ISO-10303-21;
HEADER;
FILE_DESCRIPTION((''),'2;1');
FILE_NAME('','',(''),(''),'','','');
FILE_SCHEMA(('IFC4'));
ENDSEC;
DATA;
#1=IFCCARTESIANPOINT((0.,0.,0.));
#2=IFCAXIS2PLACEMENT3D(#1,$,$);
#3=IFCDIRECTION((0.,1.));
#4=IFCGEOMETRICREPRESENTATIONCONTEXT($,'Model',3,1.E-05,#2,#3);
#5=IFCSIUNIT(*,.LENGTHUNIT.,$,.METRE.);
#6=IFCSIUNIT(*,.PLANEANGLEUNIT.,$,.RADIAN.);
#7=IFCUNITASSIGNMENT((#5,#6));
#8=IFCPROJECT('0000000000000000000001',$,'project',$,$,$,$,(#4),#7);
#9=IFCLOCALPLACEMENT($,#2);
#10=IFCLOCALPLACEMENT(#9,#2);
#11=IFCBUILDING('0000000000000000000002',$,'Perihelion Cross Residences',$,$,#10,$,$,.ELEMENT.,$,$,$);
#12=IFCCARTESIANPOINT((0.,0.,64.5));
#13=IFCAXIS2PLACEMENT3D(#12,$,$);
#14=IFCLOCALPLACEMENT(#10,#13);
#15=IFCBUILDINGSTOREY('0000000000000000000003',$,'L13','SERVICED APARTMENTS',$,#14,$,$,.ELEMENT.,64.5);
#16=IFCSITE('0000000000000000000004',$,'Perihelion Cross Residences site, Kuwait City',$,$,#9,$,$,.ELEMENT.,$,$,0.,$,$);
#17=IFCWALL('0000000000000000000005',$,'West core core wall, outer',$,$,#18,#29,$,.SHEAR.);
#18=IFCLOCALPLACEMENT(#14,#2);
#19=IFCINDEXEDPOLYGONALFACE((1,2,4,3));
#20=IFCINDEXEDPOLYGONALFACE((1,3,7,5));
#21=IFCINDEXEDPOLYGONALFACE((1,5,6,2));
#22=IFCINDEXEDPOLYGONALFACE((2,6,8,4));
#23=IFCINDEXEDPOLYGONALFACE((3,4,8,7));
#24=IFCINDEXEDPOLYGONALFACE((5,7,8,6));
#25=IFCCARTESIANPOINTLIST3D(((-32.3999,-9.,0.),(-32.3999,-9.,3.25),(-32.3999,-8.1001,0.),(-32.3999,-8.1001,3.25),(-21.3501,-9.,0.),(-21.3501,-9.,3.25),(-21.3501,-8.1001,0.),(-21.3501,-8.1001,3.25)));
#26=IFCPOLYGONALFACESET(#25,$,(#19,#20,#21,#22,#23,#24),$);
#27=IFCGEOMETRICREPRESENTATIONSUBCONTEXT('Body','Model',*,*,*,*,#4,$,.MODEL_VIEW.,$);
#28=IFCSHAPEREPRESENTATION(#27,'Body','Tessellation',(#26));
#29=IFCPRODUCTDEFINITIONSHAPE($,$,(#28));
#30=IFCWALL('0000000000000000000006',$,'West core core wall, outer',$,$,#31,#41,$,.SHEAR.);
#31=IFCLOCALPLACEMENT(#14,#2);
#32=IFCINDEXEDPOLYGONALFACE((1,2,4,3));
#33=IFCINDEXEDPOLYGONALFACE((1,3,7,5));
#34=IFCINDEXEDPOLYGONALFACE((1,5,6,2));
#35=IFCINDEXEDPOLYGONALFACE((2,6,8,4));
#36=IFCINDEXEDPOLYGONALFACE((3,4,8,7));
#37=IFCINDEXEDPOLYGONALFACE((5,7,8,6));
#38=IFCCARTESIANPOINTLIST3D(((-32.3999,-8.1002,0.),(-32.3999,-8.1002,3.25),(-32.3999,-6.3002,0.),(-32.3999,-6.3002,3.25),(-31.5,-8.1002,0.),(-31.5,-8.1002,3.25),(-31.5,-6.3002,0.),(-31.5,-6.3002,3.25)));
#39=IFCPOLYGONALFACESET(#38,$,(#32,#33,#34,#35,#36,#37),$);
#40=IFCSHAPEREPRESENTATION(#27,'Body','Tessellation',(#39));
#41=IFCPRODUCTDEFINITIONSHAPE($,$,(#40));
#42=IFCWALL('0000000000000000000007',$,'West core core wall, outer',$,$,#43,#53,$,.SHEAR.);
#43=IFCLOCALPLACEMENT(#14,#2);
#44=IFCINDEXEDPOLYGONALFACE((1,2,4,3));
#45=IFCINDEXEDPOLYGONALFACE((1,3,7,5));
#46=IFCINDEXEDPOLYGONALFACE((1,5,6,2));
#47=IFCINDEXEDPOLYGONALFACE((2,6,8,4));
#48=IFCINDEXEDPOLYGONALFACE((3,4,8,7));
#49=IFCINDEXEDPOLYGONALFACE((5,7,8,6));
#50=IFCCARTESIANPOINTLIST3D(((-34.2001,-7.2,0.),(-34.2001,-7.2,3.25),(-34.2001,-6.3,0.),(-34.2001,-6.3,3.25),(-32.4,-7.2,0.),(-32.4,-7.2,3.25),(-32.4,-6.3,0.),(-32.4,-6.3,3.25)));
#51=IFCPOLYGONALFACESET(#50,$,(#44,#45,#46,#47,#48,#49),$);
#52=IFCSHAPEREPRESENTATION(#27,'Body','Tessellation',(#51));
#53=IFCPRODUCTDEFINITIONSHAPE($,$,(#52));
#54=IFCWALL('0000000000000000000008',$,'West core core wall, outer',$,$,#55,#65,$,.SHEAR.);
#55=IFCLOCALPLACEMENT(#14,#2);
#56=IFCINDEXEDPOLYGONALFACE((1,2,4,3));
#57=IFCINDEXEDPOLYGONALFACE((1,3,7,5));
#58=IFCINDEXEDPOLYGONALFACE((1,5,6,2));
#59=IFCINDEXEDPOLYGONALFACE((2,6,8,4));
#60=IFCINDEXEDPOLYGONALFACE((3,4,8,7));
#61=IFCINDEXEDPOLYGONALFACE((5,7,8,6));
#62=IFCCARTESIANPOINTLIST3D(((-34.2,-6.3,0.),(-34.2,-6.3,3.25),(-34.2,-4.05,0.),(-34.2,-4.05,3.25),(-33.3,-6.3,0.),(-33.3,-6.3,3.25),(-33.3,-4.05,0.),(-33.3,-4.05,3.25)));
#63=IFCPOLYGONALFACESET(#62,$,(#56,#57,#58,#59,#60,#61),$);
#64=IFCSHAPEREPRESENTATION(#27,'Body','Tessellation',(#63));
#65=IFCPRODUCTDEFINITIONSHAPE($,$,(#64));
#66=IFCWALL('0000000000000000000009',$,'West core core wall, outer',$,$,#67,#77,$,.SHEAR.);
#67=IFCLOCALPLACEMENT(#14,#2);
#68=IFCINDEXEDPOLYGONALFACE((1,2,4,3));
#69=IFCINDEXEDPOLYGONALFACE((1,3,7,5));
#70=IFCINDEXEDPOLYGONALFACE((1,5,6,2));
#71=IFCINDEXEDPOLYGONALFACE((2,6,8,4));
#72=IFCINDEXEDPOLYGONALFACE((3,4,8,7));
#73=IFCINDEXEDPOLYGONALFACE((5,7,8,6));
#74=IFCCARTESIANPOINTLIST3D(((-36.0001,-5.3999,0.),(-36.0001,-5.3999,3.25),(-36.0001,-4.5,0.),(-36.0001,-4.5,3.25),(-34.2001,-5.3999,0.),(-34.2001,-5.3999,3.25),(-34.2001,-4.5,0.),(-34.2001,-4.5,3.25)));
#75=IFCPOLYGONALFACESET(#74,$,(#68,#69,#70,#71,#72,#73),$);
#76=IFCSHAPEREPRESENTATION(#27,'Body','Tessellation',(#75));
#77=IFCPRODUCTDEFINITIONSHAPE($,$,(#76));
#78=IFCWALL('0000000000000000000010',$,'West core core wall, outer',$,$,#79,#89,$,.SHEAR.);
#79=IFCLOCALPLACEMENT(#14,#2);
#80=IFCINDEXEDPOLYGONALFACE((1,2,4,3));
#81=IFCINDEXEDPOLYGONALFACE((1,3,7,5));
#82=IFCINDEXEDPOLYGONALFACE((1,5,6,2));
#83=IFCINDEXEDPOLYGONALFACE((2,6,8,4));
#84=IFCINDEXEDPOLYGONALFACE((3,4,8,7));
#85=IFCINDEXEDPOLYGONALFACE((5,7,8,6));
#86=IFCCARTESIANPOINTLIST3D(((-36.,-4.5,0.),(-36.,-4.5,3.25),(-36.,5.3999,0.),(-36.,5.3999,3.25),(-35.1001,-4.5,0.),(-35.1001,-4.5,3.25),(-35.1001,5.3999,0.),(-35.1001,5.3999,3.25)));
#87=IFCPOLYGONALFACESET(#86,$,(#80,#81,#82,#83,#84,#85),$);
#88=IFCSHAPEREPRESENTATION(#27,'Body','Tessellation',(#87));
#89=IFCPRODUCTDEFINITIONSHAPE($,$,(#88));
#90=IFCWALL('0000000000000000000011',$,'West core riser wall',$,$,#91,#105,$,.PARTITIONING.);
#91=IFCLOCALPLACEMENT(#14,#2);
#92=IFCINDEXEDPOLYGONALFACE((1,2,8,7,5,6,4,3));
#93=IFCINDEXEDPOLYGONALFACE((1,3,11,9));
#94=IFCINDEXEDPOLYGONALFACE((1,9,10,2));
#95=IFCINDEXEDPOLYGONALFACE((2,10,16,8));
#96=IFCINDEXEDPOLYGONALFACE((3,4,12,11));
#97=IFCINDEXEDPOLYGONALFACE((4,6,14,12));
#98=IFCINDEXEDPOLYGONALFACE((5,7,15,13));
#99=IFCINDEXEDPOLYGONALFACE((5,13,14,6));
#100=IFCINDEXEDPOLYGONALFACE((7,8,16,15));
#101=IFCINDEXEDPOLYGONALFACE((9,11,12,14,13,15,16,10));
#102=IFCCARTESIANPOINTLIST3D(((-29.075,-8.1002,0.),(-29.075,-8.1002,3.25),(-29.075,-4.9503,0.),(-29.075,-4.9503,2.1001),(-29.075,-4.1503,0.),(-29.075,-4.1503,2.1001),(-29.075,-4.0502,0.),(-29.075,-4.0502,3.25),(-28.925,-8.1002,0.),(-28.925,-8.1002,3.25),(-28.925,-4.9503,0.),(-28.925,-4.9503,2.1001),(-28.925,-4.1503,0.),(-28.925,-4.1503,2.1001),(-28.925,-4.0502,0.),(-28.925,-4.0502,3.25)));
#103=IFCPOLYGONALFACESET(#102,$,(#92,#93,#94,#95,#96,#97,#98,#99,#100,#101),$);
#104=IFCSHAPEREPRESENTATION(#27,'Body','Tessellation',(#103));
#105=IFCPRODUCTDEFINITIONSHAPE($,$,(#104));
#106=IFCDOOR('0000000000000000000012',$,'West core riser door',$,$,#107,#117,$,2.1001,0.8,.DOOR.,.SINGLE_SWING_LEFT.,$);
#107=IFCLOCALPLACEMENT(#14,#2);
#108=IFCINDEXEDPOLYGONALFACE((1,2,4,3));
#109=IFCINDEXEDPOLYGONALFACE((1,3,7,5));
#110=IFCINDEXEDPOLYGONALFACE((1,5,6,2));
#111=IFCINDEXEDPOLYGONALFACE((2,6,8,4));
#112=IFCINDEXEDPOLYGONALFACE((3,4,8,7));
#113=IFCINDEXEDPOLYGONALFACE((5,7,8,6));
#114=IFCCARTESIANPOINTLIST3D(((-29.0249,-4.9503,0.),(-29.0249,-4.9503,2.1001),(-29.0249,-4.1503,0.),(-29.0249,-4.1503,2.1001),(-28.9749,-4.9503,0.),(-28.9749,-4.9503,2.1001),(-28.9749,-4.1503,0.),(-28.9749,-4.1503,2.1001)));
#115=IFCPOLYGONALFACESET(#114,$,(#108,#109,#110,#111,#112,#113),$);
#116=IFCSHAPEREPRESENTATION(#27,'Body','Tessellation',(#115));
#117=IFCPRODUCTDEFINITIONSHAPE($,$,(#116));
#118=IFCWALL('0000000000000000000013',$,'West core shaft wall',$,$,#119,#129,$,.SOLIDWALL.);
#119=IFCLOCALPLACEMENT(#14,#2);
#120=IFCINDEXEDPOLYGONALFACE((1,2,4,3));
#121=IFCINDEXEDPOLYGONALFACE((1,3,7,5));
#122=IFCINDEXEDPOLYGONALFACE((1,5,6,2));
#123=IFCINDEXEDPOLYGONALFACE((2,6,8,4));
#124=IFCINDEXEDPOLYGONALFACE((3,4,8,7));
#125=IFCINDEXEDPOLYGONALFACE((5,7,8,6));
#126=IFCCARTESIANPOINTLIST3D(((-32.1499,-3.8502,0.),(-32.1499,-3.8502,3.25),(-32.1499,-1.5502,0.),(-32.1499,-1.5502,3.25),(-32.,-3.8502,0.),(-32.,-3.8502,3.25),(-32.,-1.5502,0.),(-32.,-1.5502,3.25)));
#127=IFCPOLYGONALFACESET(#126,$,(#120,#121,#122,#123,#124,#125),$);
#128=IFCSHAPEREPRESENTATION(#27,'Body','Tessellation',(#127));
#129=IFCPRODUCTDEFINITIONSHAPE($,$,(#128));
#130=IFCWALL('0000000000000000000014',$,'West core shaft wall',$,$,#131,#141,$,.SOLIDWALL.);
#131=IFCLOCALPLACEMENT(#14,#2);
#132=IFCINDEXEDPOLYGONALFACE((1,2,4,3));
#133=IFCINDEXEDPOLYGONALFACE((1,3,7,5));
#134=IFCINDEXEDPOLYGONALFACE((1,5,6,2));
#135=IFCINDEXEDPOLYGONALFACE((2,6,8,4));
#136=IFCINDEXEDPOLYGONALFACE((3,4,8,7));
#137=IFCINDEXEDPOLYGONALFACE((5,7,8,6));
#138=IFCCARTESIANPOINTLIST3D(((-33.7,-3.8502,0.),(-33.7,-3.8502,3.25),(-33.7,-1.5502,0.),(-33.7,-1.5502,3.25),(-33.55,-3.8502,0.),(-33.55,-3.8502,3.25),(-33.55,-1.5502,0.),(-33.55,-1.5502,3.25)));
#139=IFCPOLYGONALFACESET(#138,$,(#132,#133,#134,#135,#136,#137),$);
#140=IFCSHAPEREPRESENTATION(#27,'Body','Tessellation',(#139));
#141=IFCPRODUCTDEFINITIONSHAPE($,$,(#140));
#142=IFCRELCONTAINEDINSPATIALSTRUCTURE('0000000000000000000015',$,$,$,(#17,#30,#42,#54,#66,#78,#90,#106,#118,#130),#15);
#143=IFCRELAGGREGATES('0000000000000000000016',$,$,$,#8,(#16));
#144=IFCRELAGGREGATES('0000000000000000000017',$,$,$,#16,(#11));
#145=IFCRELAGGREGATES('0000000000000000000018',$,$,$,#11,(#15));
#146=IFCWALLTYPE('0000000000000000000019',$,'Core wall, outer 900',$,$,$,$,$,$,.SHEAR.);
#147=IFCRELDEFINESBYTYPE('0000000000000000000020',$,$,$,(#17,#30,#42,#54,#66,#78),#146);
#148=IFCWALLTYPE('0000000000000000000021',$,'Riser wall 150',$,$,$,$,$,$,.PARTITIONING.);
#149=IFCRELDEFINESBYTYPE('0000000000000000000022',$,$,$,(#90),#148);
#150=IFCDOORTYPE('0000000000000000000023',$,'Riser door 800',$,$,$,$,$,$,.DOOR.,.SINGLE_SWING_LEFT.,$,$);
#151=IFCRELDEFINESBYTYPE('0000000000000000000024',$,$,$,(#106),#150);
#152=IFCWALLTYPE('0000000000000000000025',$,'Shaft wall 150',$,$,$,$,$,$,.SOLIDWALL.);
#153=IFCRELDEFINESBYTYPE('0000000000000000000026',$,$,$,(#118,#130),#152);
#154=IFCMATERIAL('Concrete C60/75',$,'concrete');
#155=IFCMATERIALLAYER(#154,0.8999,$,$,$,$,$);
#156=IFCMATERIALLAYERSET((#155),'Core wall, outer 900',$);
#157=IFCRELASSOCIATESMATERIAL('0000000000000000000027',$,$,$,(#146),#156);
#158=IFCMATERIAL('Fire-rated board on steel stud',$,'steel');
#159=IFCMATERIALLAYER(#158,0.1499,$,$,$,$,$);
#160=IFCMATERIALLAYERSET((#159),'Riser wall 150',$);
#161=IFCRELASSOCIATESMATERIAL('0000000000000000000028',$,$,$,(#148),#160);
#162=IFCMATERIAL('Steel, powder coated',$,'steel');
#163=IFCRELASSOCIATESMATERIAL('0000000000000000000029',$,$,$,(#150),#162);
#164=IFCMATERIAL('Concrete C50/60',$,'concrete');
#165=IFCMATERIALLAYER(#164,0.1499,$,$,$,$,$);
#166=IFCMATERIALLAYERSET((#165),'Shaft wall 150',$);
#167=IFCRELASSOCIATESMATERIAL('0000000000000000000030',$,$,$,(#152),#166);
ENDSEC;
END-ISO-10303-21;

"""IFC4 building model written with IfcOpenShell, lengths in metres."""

from ifc_helpers import new_model, si_unit, direction, frame, frame_2d, origin, place, context, subcontext, project, spatial, rectangle, extrude, material, layer, layer_set, type_object, element, fill, save


model = new_model("IFC4")

# Units and contexts
model_context = context("Model", 3, precision=1e-05, world=origin(), true_north=direction((0.0, 1.0)))
body_context = subcontext(model_context, "Body", "Model", "MODEL_VIEW")
ifc_project = project(units=[si_unit("LENGTHUNIT", "METRE"), si_unit("PLANEANGLEUNIT", "RADIAN")], contexts=[model_context])

# Site, building, storey
site_placement = place(None, origin())
site = spatial("IfcSite", under=ifc_project, at=site_placement, Name="Perihelion Cross Residences site, Kuwait City", CompositionType="ELEMENT", RefElevation=0.0)
building_placement = place(site_placement, origin())
building = spatial("IfcBuilding", under=site, at=building_placement, Name="Perihelion Cross Residences", CompositionType="ELEMENT")
storey_placement = place(building_placement, frame((0.0, 0.0, 64.5)))
storey = spatial("IfcBuildingStorey", under=building, at=storey_placement, Name="L13", Description="SERVICED APARTMENTS", CompositionType="ELEMENT", Elevation=64.5)

# Walls
ifc_material_1 = material(Name="Concrete C60/75", Category="concrete")
ifc_layer_1 = layer(ifc_material_1, 0.8999)
ifc_layer_set_1 = layer_set([ifc_layer_1], Name="Core wall, outer 900")
wall_type_1 = type_object("IfcWallType", Name="Core wall, outer 900", PredefinedType="SHEAR", material=ifc_layer_set_1)
wall_1_placement = place(storey_placement, frame((-32.3999, -8.55, 0.0), z_axis=(0.0, 0.0, 1.0), x_axis=(1.0, 0.0, 0.0)))
element("IfcWall", 1, at=wall_1_placement, inside=storey, type_object=wall_type_1, Name="West core core wall, outer", PredefinedType="SHEAR", context=body_context, shape_type="SweptSolid", body=[
    extrude(rectangle(XDim=11.0498, YDim=0.8999, at=frame_2d((5.5249, 0.0))), origin(), (0.0, 0.0, 1.0), 3.25),
])
for number, where, z_axis, x_axis, name in (
    (2, (-31.95, -8.1001, 0.0), (0.0, 0.0, 1.0), (0.0, 1.0, 0.0), "West core core wall, outer"),
    (3, (-34.2, -6.75, 0.0), (0.0, 0.0, 1.0), (1.0, 0.0, 0.0), "West core core wall, outer"),
):
    element("IfcWall", number, at=place(storey_placement, frame(where, z_axis=z_axis, x_axis=x_axis)), inside=storey, type_object=wall_type_1, Name=name, PredefinedType="SHEAR", context=body_context, shape_type="SweptSolid", body=[
        extrude(rectangle(XDim=1.8, YDim=0.8999, at=frame_2d((0.8999, 0.0))), origin(), (0.0, 0.0, 1.0), 3.25),
    ])
wall_2_placement = place(storey_placement, frame((-33.75, -6.3, 0.0), z_axis=(0.0, 0.0, 1.0), x_axis=(0.0, 1.0, 0.0)))
element("IfcWall", 4, at=wall_2_placement, inside=storey, type_object=wall_type_1, Name="West core core wall, outer", PredefinedType="SHEAR", context=body_context, shape_type="SweptSolid", body=[
    extrude(rectangle(XDim=2.25, YDim=0.8999, at=frame_2d((1.125, 0.0))), origin(), (0.0, 0.0, 1.0), 3.25),
])
wall_3_placement = place(storey_placement, frame((-36.0, -4.95, 0.0), z_axis=(0.0, 0.0, 1.0), x_axis=(1.0, 0.0, 0.0)))
element("IfcWall", 5, at=wall_3_placement, inside=storey, type_object=wall_type_1, Name="West core core wall, outer", PredefinedType="SHEAR", context=body_context, shape_type="SweptSolid", body=[
    extrude(rectangle(XDim=1.8, YDim=0.8999, at=frame_2d((0.8999, 0.0))), origin(), (0.0, 0.0, 1.0), 3.25),
])
wall_4_placement = place(storey_placement, frame((-35.55, -4.5, 0.0), z_axis=(0.0, 0.0, 1.0), x_axis=(0.0, 1.0, 0.0)))
element("IfcWall", 6, at=wall_4_placement, inside=storey, type_object=wall_type_1, Name="West core core wall, outer", PredefinedType="SHEAR", context=body_context, shape_type="SweptSolid", body=[
    extrude(rectangle(XDim=9.8999, YDim=0.8999, at=frame_2d((4.95, 0.0))), origin(), (0.0, 0.0, 1.0), 3.25),
])

# Wall, opening, door
ifc_material_2 = material(Name="Fire-rated board on steel stud", Category="steel")
ifc_layer_2 = layer(ifc_material_2, 0.1499)
ifc_layer_set_2 = layer_set([ifc_layer_2], Name="Riser wall 150")
wall_type_2 = type_object("IfcWallType", Name="Riser wall 150", PredefinedType="PARTITIONING", material=ifc_layer_set_2)
wall_5_placement = place(storey_placement, frame((-29.0, -8.1001, 0.0), z_axis=(0.0, 0.0, 1.0), x_axis=(0.0, 1.0, 0.0)))
wall_5 = element("IfcWall", 7, at=wall_5_placement, inside=storey, type_object=wall_type_2, Name="West core riser wall", PredefinedType="PARTITIONING", context=body_context, shape_type="SweptSolid", body=[
    extrude(rectangle(XDim=4.05, YDim=0.1499, at=frame_2d((2.0249, 0.0))), origin(), (0.0, 0.0, 1.0), 3.25),
])
opening_1_placement = place(wall_5_placement, frame((3.1499, 0.0, 0.0)))
opening_1 = element("IfcOpeningElement", 8, at=opening_1_placement, cuts=wall_5, PredefinedType="OPENING", context=body_context, shape_type="SweptSolid", body=[
    extrude(rectangle(XDim=0.8, YDim=2.1001, at=frame_2d((0.3999, 1.05))), frame((0.0, 0.085, 0.0), z_axis=(0.0, -1.0, 0.0), x_axis=(1.0, 0.0, 0.0)), (0.0, 0.0, 1.0), 0.1699),
])
ifc_material_3 = material(Name="Steel, powder coated", Category="steel")
door_type_1 = type_object("IfcDoorType", Name="Riser door 800", OperationType="SINGLE_SWING_LEFT", PredefinedType="DOOR", material=ifc_material_3)
door_1_placement = place(opening_1_placement, origin())
door_1 = element("IfcDoor", 9, at=door_1_placement, inside=storey, type_object=door_type_1, Name="West core riser door", OperationType="SINGLE_SWING_LEFT", OverallHeight=2.1001, OverallWidth=0.8, PredefinedType="DOOR", context=body_context, shape_type="SweptSolid", body=[
    extrude(rectangle(XDim=0.8, YDim=2.1001, at=frame_2d((0.3999, 1.05))), frame((0.0, 0.0249, 0.0), z_axis=(0.0, -1.0, 0.0), x_axis=(1.0, 0.0, 0.0)), (0.0, 0.0, 1.0), 0.05),
])
fill(opening_1, door_1)

# Walls
ifc_material_4 = material(Name="Concrete C50/60", Category="concrete")
ifc_layer_3 = layer(ifc_material_4, 0.1499)
ifc_layer_set_3 = layer_set([ifc_layer_3], Name="Shaft wall 150")
wall_type_3 = type_object("IfcWallType", Name="Shaft wall 150", PredefinedType="SOLIDWALL", material=ifc_layer_set_3)
for number, where, z_axis, x_axis, name in (
    (10, (-32.075, -3.8501, 0.0), (0.0, 0.0, 1.0), (0.0, 1.0, 0.0), "West core shaft wall"),
    (11, (-33.625, -3.8501, 0.0), (0.0, 0.0, 1.0), (0.0, 1.0, 0.0), "West core shaft wall"),
):
    element("IfcWall", number, at=place(storey_placement, frame(where, z_axis=z_axis, x_axis=x_axis)), inside=storey, type_object=wall_type_3, Name=name, PredefinedType="SOLIDWALL", context=body_context, shape_type="SweptSolid", body=[
        extrude(rectangle(XDim=2.3, YDim=0.1499, at=frame_2d((1.1499, 0.0))), origin(), (0.0, 0.0, 1.0), 3.25),
    ])

save(model, "model.ifc")
